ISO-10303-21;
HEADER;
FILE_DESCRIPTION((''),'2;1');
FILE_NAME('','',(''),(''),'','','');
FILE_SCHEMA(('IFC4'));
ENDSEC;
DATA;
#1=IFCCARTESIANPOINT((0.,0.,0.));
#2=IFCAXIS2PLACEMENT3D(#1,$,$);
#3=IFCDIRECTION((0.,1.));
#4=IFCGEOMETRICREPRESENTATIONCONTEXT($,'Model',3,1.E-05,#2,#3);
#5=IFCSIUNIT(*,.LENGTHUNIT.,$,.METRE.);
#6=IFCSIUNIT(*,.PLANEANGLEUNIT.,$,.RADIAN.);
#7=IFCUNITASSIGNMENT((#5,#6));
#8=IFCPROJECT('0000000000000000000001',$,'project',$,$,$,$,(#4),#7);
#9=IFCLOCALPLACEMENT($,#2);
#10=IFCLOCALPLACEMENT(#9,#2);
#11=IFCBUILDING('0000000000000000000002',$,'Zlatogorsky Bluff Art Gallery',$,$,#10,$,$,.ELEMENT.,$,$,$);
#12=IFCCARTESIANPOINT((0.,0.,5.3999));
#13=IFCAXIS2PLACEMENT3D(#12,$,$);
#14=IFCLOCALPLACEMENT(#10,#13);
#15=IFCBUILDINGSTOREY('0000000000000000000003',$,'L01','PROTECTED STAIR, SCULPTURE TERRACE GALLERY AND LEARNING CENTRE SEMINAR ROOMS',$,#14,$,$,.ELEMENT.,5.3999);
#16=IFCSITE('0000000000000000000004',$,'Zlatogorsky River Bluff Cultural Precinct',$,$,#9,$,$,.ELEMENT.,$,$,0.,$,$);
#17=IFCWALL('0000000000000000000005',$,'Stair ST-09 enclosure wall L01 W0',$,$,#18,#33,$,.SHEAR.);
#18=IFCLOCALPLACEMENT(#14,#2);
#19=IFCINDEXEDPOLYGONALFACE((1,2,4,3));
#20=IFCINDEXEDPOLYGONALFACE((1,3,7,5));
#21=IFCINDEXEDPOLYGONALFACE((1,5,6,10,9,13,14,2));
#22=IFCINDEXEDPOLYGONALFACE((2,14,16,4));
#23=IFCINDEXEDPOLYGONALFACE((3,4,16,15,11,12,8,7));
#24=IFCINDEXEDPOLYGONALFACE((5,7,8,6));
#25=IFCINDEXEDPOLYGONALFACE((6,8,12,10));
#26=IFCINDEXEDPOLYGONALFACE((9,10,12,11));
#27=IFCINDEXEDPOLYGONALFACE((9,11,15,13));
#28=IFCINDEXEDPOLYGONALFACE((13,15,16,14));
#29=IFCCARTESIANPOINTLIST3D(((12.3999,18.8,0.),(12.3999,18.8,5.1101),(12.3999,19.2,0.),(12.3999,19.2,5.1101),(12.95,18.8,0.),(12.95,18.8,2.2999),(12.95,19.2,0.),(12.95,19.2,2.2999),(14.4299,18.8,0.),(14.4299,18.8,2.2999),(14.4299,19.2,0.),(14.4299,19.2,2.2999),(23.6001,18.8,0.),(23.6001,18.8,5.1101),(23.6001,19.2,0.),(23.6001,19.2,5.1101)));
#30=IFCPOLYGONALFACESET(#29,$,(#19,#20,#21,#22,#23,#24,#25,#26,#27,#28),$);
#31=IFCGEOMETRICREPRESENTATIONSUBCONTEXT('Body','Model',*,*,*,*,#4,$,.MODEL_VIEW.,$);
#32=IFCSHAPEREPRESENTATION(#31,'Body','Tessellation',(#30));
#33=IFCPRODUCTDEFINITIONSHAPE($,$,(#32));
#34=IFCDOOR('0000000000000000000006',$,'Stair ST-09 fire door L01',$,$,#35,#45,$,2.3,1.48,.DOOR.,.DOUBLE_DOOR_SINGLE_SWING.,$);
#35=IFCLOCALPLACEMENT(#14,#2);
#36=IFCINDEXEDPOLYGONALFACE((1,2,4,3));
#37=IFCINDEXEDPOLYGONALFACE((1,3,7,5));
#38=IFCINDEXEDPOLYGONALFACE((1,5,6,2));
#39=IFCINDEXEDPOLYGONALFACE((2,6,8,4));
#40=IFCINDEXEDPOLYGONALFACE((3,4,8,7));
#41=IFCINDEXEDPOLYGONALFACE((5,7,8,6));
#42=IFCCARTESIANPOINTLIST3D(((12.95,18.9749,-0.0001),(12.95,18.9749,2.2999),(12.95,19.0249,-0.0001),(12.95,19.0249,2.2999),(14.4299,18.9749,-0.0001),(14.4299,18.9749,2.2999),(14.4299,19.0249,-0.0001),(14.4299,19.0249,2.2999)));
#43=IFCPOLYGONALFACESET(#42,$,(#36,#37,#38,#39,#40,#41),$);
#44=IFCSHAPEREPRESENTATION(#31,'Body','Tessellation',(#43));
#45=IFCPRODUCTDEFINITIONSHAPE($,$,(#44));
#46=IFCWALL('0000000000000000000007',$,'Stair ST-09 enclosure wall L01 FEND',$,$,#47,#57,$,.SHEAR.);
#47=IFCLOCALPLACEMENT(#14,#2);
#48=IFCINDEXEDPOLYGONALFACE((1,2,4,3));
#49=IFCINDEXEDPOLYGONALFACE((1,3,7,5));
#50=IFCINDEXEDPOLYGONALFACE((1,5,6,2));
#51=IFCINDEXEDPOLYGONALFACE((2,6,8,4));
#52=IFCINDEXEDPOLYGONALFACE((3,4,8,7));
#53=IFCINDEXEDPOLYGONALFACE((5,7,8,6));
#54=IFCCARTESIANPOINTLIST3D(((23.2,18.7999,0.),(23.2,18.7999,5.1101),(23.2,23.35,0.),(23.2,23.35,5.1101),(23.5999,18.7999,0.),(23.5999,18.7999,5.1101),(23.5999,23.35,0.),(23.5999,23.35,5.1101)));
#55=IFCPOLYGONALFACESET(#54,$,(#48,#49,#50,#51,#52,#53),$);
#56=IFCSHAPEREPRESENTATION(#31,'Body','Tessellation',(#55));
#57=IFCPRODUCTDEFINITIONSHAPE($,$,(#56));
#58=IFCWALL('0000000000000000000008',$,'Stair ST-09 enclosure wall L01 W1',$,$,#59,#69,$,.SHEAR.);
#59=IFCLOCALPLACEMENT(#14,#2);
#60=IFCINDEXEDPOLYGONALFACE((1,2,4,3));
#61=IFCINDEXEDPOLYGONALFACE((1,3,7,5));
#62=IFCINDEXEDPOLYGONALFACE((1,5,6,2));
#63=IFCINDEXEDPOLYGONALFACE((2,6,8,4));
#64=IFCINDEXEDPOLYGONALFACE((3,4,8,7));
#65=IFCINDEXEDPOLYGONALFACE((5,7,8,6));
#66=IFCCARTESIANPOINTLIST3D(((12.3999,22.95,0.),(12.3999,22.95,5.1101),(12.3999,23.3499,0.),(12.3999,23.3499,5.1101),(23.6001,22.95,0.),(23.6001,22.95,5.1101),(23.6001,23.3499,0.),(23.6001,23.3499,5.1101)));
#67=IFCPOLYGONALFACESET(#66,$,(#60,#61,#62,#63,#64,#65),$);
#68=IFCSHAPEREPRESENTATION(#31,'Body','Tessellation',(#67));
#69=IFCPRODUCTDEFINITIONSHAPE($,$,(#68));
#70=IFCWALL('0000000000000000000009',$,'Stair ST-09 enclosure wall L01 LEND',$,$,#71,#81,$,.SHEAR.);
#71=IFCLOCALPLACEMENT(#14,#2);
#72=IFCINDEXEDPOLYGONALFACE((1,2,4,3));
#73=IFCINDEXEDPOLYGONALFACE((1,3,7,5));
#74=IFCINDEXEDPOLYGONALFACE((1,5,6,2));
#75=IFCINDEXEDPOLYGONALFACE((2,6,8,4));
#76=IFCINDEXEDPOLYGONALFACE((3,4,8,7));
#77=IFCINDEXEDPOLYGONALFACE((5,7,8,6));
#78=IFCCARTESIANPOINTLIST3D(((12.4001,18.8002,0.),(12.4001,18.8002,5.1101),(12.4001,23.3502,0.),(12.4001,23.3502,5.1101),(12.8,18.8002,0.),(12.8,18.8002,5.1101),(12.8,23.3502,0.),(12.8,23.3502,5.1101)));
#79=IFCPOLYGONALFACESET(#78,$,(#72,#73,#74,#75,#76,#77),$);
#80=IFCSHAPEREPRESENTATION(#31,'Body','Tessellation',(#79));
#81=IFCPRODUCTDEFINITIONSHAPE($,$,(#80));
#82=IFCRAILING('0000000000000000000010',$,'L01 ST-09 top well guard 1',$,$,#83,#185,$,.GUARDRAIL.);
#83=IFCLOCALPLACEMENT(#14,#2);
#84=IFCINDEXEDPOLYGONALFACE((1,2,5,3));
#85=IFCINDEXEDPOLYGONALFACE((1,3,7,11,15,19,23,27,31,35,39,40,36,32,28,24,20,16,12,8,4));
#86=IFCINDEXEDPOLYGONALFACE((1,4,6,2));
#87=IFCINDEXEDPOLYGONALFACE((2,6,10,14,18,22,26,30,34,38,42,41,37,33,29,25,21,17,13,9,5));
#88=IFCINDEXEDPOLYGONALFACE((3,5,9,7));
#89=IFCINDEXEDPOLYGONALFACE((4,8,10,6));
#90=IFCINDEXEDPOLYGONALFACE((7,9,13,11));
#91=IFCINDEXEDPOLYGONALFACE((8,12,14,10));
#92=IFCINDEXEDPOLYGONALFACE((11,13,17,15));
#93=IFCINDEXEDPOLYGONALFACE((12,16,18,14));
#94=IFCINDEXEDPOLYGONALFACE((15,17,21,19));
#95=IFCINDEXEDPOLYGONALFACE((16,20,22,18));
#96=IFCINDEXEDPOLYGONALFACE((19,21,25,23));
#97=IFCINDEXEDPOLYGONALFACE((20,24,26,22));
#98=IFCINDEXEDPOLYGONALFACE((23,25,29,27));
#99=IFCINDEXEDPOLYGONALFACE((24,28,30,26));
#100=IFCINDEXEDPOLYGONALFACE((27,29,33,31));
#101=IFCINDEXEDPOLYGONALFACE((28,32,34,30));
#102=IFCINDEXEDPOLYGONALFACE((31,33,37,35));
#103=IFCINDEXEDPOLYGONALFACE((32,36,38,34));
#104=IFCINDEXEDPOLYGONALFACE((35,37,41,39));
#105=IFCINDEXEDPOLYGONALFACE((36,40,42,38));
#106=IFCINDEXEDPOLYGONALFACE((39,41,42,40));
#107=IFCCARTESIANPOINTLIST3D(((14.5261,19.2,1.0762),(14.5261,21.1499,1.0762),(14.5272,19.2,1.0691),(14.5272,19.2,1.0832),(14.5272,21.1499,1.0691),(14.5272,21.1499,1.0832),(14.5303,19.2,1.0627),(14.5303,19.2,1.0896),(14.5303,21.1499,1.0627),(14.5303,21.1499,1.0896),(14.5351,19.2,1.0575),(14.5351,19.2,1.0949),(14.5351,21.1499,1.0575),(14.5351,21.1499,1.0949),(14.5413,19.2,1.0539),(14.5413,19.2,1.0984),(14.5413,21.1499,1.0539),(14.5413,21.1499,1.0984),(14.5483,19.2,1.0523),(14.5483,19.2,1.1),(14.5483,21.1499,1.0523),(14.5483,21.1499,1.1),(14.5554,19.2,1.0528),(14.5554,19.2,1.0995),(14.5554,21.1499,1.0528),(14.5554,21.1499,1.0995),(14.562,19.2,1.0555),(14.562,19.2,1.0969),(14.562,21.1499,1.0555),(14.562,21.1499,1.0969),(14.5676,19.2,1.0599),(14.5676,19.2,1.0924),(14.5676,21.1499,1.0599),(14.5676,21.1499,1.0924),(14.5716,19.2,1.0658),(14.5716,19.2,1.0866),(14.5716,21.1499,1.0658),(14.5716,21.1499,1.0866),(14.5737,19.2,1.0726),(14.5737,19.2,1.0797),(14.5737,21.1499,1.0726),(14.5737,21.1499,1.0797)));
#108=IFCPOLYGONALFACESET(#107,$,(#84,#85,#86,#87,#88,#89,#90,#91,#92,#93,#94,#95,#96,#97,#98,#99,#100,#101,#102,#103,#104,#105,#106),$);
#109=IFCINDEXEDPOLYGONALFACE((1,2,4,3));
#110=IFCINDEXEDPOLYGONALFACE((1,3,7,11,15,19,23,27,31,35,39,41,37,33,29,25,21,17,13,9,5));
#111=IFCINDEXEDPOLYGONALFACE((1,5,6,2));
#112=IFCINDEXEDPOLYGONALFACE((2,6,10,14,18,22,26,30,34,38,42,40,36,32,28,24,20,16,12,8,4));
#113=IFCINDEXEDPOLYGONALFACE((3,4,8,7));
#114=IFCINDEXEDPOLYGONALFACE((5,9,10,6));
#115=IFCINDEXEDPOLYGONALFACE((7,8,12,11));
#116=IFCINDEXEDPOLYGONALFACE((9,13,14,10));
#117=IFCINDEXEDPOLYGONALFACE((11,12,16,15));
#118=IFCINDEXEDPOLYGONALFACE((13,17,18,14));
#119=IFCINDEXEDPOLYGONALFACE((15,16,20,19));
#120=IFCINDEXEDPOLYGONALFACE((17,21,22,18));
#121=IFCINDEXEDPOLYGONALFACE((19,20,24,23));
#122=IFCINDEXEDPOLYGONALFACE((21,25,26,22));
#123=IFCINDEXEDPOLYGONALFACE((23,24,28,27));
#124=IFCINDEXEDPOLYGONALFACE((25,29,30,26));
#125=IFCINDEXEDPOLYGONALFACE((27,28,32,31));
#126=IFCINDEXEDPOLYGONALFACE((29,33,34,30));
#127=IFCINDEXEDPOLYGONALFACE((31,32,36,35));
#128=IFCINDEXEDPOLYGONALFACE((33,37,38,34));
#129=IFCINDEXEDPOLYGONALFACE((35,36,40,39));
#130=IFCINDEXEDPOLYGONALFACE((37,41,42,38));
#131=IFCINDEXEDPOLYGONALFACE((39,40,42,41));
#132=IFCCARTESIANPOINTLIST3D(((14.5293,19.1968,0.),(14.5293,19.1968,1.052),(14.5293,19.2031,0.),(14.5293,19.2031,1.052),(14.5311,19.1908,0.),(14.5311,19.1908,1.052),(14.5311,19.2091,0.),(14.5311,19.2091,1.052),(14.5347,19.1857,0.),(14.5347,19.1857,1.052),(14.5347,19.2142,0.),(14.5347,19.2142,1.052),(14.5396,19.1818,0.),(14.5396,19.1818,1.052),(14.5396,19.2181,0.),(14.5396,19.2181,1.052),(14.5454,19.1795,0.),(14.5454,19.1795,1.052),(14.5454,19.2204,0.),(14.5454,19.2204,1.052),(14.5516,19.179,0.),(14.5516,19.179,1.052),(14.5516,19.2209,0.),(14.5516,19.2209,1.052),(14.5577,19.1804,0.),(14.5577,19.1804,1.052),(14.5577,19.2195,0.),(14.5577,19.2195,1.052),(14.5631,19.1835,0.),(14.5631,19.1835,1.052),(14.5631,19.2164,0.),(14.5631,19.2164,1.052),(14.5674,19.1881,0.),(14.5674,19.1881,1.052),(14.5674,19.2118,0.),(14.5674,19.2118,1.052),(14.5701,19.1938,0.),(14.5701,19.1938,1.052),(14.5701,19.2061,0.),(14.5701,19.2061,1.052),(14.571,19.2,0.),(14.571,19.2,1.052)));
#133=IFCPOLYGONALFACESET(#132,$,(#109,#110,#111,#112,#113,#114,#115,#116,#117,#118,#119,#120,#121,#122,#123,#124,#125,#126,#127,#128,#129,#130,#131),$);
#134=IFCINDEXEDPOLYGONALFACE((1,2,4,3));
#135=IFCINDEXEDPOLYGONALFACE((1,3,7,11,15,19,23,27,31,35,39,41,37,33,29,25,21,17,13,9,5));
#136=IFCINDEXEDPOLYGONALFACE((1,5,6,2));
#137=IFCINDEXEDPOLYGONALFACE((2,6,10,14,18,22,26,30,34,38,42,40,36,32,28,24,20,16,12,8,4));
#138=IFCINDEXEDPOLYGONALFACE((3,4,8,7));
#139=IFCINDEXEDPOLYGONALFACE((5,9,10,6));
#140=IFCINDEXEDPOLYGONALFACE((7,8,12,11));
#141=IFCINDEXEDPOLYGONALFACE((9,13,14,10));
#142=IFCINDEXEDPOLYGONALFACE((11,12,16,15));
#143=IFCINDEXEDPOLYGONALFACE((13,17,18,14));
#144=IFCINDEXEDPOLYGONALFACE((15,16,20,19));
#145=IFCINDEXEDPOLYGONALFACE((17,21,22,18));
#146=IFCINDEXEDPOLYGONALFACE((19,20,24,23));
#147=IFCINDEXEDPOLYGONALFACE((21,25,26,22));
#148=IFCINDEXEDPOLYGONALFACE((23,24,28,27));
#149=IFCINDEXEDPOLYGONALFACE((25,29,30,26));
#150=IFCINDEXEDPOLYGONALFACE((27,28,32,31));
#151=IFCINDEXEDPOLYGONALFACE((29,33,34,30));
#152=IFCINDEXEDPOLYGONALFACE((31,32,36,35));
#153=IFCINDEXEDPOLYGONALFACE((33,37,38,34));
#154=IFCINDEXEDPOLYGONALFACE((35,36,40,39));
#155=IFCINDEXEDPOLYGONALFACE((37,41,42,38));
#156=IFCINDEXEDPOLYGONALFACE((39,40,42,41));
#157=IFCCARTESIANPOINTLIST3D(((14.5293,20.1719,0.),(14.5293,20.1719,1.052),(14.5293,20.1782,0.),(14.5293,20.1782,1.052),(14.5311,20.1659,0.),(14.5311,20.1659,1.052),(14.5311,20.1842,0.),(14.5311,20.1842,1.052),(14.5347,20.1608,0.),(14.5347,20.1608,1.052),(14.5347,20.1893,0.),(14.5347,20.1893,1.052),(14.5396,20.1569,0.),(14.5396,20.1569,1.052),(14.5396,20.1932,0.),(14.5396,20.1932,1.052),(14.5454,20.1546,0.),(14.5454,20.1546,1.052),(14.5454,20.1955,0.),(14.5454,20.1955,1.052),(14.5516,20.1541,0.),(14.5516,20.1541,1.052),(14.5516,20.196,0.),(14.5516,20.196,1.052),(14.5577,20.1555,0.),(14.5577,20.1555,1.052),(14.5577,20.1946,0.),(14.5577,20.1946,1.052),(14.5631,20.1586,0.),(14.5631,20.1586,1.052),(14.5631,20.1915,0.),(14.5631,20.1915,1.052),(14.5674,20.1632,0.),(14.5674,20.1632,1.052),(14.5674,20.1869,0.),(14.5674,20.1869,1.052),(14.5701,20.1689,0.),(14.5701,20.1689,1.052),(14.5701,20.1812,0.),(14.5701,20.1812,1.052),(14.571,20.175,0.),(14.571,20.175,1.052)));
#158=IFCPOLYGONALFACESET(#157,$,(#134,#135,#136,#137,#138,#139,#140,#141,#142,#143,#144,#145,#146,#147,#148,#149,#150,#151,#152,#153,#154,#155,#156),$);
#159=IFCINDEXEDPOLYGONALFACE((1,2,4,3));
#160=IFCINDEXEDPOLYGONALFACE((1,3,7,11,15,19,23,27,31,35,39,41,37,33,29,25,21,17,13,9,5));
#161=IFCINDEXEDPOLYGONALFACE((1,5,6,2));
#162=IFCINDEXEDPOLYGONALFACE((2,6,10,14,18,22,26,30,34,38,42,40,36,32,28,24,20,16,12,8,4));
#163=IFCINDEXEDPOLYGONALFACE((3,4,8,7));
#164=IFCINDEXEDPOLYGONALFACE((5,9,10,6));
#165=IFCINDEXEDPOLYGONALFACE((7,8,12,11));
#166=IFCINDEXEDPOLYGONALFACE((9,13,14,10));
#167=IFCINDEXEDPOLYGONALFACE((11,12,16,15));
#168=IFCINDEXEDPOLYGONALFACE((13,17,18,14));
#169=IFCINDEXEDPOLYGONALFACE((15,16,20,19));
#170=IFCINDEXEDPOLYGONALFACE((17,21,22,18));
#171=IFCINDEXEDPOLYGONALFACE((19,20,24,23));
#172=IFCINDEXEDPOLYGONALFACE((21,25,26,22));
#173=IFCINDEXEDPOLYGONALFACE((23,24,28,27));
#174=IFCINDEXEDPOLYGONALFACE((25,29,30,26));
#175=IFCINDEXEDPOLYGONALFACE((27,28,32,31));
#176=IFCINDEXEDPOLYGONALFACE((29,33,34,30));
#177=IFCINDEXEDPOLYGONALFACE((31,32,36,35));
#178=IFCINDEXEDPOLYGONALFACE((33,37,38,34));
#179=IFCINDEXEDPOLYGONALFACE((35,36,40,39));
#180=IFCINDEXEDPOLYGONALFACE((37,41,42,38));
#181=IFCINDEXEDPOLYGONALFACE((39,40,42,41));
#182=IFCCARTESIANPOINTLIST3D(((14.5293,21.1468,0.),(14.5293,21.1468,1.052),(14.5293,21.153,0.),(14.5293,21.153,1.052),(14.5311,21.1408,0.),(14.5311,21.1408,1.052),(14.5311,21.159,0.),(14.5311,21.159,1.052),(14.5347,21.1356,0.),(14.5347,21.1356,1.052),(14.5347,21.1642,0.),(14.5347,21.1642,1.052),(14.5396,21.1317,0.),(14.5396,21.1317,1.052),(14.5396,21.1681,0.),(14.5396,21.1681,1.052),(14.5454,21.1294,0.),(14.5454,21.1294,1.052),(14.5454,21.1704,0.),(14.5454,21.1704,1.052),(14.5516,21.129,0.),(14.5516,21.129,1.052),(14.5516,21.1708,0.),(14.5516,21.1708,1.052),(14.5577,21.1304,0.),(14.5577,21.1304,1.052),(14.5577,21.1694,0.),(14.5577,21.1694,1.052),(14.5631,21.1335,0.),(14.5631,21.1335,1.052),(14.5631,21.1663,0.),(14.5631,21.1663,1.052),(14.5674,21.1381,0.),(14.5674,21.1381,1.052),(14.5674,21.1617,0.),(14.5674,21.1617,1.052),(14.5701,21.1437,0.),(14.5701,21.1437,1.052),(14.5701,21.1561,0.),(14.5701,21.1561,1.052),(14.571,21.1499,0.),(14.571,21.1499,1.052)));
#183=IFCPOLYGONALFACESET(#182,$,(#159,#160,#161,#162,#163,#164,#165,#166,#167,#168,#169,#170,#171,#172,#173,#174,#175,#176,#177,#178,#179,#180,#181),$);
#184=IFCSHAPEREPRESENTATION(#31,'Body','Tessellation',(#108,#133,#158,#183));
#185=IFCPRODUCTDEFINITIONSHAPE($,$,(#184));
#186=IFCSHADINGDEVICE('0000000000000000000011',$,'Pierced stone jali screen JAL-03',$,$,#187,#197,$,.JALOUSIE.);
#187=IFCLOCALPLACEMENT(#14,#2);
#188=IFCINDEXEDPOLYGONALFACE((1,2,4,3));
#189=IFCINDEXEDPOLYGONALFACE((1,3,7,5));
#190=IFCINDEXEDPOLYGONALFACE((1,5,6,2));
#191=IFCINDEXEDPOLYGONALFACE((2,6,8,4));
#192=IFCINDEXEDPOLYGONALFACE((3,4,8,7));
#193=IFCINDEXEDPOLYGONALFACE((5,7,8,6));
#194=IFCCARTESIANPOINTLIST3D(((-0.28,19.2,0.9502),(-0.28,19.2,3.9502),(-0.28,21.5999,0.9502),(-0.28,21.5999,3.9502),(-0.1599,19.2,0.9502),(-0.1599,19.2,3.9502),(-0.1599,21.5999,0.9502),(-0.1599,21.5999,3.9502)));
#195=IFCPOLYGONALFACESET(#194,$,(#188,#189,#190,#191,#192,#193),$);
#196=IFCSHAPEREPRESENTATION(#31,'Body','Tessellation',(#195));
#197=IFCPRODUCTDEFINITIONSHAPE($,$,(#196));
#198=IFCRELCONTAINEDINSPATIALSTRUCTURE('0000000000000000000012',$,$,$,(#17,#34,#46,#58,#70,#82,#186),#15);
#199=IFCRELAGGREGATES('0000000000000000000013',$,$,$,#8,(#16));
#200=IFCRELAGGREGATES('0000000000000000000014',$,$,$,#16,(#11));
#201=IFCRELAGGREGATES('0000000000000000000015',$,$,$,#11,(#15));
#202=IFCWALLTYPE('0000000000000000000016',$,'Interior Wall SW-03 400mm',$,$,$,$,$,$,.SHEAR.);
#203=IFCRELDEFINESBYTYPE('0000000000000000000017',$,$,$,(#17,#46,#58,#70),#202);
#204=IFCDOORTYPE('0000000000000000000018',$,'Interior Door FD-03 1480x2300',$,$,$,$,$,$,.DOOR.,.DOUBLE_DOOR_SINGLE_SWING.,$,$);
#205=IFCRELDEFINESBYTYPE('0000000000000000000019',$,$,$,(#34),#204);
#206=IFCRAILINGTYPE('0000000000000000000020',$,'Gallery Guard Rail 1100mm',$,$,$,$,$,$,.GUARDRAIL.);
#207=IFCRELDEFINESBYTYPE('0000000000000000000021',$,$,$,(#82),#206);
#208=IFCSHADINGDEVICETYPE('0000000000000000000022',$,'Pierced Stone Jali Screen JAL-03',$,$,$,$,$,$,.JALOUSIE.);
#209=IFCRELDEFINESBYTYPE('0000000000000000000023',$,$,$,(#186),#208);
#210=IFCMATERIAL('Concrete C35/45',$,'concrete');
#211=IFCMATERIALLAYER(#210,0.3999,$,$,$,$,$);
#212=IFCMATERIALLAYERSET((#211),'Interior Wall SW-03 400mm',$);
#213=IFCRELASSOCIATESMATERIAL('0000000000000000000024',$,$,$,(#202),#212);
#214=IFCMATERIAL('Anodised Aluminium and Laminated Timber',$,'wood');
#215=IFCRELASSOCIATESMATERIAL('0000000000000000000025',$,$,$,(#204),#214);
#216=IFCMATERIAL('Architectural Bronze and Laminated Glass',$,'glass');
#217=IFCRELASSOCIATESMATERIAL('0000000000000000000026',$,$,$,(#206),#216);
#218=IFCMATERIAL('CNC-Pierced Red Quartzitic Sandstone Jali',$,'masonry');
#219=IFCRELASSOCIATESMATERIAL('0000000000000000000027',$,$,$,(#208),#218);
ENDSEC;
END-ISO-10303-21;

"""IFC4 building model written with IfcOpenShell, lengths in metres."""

from ifc_helpers import new_model, si_unit, direction, frame, frame_2d, origin, origin_2d, place, context, subcontext, project, spatial, rectangle, circle, extrude, material, layer, layer_set, type_object, element, fill, save


model = new_model("IFC4")

# Units and contexts
model_context = context("Model", 3, precision=1e-05, world=origin(), true_north=direction((0.0, 1.0)))
body_context = subcontext(model_context, "Body", "Model", "MODEL_VIEW")
ifc_project = project(units=[si_unit("LENGTHUNIT", "METRE"), si_unit("PLANEANGLEUNIT", "RADIAN")], contexts=[model_context])

# Site, building, storey
site_placement = place(None, origin())
site = spatial("IfcSite", under=ifc_project, at=site_placement, Name="Zlatogorsky River Bluff Cultural Precinct", CompositionType="ELEMENT", RefElevation=0.0)
building_placement = place(site_placement, origin())
building = spatial("IfcBuilding", under=site, at=building_placement, Name="Zlatogorsky Bluff Art Gallery", CompositionType="ELEMENT")
storey_placement = place(building_placement, frame((0.0, 0.0, 5.3999)))
storey = spatial("IfcBuildingStorey", under=building, at=storey_placement, Name="L01", Description="PROTECTED STAIR, SCULPTURE TERRACE GALLERY AND LEARNING CENTRE SEMINAR ROOMS", CompositionType="ELEMENT", Elevation=5.3999)

# Shared definitions
ifc_material_1 = material(Name="Anodised Aluminium and Laminated Timber", Category="wood")

# Wall, opening, door
ifc_material_2 = material(Name="Concrete C35/45", Category="concrete")
ifc_layer_1 = layer(ifc_material_2, 0.3999)
ifc_layer_set_1 = layer_set([ifc_layer_1], Name="Interior Wall SW-03 400mm")
wall_type_1 = type_object("IfcWallType", Name="Interior Wall SW-03 400mm", PredefinedType="SHEAR", material=ifc_layer_set_1)
wall_1_placement = place(storey_placement, frame((12.3999, 19.0, 0.0), z_axis=(0.0, 0.0, 1.0), x_axis=(1.0, 0.0, 0.0)))
wall_1 = element("IfcWall", 1, at=wall_1_placement, inside=storey, type_object=wall_type_1, Name="Stair ST-09 enclosure wall L01 W0", PredefinedType="SHEAR", context=body_context, shape_type="SweptSolid", body=[
    extrude(rectangle(XDim=11.2002, YDim=0.3999, at=frame_2d((5.6001, 0.0))), origin(), (0.0, 0.0, 1.0), 5.1101),
])
opening_1_placement = place(wall_1_placement, frame((0.55, 0.0, 0.0)))
opening_1 = element("IfcOpeningElement", 2, at=opening_1_placement, cuts=wall_1, PredefinedType="OPENING", context=body_context, shape_type="SweptSolid", body=[
    extrude(rectangle(XDim=1.48, YDim=2.3, at=frame_2d((0.74, 1.1499))), frame((0.0, 0.21, 0.0), z_axis=(0.0, -1.0, 0.0), x_axis=(1.0, 0.0, 0.0)), (0.0, 0.0, 1.0), 0.4199),
])
door_type_1 = type_object("IfcDoorType", Name="Interior Door FD-03 1480x2300", OperationType="DOUBLE_DOOR_SINGLE_SWING", PredefinedType="DOOR", material=ifc_material_1)
door_1_placement = place(opening_1_placement, origin())
door_1 = element("IfcDoor", 3, at=door_1_placement, inside=storey, type_object=door_type_1, Name="Stair ST-09 fire door L01", OperationType="DOUBLE_DOOR_SINGLE_SWING", OverallHeight=2.3, OverallWidth=1.48, PredefinedType="DOOR", context=body_context, shape_type="SweptSolid", body=[
    extrude(rectangle(XDim=1.48, YDim=2.3, at=frame_2d((0.74, 1.1499))), frame((0.0, 0.0249, 0.0), z_axis=(0.0, -1.0, 0.0), x_axis=(1.0, 0.0, 0.0)), (0.0, 0.0, 1.0), 0.05),
])
fill(opening_1, door_1)

# Walls
wall_2_placement = place(storey_placement, frame((23.3999, 18.8, 0.0), z_axis=(0.0, 0.0, 1.0), x_axis=(0.0, 1.0, 0.0)))
element("IfcWall", 4, at=wall_2_placement, inside=storey, type_object=wall_type_1, Name="Stair ST-09 enclosure wall L01 FEND", PredefinedType="SHEAR", context=body_context, shape_type="SweptSolid", body=[
    extrude(rectangle(XDim=4.55, YDim=0.3999, at=frame_2d((2.2749, 0.0))), origin(), (0.0, 0.0, 1.0), 5.1101),
])
wall_3_placement = place(storey_placement, frame((23.6001, 23.1499, 0.0), z_axis=(0.0, 0.0, 1.0), x_axis=(-1.0, 0.0, 0.0)))
element("IfcWall", 5, at=wall_3_placement, inside=storey, type_object=wall_type_1, Name="Stair ST-09 enclosure wall L01 W1", PredefinedType="SHEAR", context=body_context, shape_type="SweptSolid", body=[
    extrude(rectangle(XDim=11.2002, YDim=0.3999, at=frame_2d((5.6001, 0.0))), origin(), (0.0, 0.0, 1.0), 5.1101),
])
wall_4_placement = place(storey_placement, frame((12.6001, 23.3501, 0.0), z_axis=(0.0, 0.0, 1.0), x_axis=(0.0, -1.0, 0.0)))
element("IfcWall", 6, at=wall_4_placement, inside=storey, type_object=wall_type_1, Name="Stair ST-09 enclosure wall L01 LEND", PredefinedType="SHEAR", context=body_context, shape_type="SweptSolid", body=[
    extrude(rectangle(XDim=4.55, YDim=0.3999, at=frame_2d((2.2749, 0.0))), origin(), (0.0, 0.0, 1.0), 5.1101),
])

# Railing
ifc_material_3 = material(Name="Architectural Bronze and Laminated Glass", Category="glass")
railing_type = type_object("IfcRailingType", Name="Gallery Guard Rail 1100mm", PredefinedType="GUARDRAIL", material=ifc_material_3)
railing_placement = place(storey_placement, frame((14.55, 19.2, 0.0)))
element("IfcRailing", 7, at=railing_placement, inside=storey, type_object=railing_type, Name="L01 ST-09 top well guard 1", PredefinedType="GUARDRAIL", context=body_context, shape_type="SweptSolid", body=[
    extrude(circle(Radius=0.0239, at=origin_2d()), frame((0.0, 0.0, 1.0762), z_axis=(0.0, 1.0, 0.0), x_axis=(-1.0, 0.0, 0.0)), (0.0, 0.0, 1.0), 1.95),
    extrude(circle(Radius=0.021, at=origin_2d()), origin(), (0.0, 0.0, 1.0), 1.052),
    extrude(circle(Radius=0.021, at=origin_2d()), frame((0.0, 0.9751, 0.0)), (0.0, 0.0, 1.0), 1.052),
    extrude(circle(Radius=0.021, at=origin_2d()), frame((0.0, 1.95, 0.0)), (0.0, 0.0, 1.0), 1.052),
])

# Shading device
ifc_material_4 = material(Name="CNC-Pierced Red Quartzitic Sandstone Jali", Category="masonry")
shading_device_type = type_object("IfcShadingDeviceType", Name="Pierced Stone Jali Screen JAL-03", PredefinedType="JALOUSIE", material=ifc_material_4)
shading_device_placement = place(storey_placement, frame((-0.22, 20.3999, 0.9502), z_axis=(0.0, 0.0, 1.0), x_axis=(1.0, 0.0, 0.0)))
element("IfcShadingDevice", 8, at=shading_device_placement, inside=storey, type_object=shading_device_type, Name="Pierced stone jali screen JAL-03", PredefinedType="JALOUSIE", context=body_context, shape_type="SweptSolid", body=[
    extrude(rectangle(XDim=0.1201, YDim=2.3999, at=origin_2d()), origin(), (0.0, 0.0, 1.0), 3.0),
])

save(model, "model.ifc")
